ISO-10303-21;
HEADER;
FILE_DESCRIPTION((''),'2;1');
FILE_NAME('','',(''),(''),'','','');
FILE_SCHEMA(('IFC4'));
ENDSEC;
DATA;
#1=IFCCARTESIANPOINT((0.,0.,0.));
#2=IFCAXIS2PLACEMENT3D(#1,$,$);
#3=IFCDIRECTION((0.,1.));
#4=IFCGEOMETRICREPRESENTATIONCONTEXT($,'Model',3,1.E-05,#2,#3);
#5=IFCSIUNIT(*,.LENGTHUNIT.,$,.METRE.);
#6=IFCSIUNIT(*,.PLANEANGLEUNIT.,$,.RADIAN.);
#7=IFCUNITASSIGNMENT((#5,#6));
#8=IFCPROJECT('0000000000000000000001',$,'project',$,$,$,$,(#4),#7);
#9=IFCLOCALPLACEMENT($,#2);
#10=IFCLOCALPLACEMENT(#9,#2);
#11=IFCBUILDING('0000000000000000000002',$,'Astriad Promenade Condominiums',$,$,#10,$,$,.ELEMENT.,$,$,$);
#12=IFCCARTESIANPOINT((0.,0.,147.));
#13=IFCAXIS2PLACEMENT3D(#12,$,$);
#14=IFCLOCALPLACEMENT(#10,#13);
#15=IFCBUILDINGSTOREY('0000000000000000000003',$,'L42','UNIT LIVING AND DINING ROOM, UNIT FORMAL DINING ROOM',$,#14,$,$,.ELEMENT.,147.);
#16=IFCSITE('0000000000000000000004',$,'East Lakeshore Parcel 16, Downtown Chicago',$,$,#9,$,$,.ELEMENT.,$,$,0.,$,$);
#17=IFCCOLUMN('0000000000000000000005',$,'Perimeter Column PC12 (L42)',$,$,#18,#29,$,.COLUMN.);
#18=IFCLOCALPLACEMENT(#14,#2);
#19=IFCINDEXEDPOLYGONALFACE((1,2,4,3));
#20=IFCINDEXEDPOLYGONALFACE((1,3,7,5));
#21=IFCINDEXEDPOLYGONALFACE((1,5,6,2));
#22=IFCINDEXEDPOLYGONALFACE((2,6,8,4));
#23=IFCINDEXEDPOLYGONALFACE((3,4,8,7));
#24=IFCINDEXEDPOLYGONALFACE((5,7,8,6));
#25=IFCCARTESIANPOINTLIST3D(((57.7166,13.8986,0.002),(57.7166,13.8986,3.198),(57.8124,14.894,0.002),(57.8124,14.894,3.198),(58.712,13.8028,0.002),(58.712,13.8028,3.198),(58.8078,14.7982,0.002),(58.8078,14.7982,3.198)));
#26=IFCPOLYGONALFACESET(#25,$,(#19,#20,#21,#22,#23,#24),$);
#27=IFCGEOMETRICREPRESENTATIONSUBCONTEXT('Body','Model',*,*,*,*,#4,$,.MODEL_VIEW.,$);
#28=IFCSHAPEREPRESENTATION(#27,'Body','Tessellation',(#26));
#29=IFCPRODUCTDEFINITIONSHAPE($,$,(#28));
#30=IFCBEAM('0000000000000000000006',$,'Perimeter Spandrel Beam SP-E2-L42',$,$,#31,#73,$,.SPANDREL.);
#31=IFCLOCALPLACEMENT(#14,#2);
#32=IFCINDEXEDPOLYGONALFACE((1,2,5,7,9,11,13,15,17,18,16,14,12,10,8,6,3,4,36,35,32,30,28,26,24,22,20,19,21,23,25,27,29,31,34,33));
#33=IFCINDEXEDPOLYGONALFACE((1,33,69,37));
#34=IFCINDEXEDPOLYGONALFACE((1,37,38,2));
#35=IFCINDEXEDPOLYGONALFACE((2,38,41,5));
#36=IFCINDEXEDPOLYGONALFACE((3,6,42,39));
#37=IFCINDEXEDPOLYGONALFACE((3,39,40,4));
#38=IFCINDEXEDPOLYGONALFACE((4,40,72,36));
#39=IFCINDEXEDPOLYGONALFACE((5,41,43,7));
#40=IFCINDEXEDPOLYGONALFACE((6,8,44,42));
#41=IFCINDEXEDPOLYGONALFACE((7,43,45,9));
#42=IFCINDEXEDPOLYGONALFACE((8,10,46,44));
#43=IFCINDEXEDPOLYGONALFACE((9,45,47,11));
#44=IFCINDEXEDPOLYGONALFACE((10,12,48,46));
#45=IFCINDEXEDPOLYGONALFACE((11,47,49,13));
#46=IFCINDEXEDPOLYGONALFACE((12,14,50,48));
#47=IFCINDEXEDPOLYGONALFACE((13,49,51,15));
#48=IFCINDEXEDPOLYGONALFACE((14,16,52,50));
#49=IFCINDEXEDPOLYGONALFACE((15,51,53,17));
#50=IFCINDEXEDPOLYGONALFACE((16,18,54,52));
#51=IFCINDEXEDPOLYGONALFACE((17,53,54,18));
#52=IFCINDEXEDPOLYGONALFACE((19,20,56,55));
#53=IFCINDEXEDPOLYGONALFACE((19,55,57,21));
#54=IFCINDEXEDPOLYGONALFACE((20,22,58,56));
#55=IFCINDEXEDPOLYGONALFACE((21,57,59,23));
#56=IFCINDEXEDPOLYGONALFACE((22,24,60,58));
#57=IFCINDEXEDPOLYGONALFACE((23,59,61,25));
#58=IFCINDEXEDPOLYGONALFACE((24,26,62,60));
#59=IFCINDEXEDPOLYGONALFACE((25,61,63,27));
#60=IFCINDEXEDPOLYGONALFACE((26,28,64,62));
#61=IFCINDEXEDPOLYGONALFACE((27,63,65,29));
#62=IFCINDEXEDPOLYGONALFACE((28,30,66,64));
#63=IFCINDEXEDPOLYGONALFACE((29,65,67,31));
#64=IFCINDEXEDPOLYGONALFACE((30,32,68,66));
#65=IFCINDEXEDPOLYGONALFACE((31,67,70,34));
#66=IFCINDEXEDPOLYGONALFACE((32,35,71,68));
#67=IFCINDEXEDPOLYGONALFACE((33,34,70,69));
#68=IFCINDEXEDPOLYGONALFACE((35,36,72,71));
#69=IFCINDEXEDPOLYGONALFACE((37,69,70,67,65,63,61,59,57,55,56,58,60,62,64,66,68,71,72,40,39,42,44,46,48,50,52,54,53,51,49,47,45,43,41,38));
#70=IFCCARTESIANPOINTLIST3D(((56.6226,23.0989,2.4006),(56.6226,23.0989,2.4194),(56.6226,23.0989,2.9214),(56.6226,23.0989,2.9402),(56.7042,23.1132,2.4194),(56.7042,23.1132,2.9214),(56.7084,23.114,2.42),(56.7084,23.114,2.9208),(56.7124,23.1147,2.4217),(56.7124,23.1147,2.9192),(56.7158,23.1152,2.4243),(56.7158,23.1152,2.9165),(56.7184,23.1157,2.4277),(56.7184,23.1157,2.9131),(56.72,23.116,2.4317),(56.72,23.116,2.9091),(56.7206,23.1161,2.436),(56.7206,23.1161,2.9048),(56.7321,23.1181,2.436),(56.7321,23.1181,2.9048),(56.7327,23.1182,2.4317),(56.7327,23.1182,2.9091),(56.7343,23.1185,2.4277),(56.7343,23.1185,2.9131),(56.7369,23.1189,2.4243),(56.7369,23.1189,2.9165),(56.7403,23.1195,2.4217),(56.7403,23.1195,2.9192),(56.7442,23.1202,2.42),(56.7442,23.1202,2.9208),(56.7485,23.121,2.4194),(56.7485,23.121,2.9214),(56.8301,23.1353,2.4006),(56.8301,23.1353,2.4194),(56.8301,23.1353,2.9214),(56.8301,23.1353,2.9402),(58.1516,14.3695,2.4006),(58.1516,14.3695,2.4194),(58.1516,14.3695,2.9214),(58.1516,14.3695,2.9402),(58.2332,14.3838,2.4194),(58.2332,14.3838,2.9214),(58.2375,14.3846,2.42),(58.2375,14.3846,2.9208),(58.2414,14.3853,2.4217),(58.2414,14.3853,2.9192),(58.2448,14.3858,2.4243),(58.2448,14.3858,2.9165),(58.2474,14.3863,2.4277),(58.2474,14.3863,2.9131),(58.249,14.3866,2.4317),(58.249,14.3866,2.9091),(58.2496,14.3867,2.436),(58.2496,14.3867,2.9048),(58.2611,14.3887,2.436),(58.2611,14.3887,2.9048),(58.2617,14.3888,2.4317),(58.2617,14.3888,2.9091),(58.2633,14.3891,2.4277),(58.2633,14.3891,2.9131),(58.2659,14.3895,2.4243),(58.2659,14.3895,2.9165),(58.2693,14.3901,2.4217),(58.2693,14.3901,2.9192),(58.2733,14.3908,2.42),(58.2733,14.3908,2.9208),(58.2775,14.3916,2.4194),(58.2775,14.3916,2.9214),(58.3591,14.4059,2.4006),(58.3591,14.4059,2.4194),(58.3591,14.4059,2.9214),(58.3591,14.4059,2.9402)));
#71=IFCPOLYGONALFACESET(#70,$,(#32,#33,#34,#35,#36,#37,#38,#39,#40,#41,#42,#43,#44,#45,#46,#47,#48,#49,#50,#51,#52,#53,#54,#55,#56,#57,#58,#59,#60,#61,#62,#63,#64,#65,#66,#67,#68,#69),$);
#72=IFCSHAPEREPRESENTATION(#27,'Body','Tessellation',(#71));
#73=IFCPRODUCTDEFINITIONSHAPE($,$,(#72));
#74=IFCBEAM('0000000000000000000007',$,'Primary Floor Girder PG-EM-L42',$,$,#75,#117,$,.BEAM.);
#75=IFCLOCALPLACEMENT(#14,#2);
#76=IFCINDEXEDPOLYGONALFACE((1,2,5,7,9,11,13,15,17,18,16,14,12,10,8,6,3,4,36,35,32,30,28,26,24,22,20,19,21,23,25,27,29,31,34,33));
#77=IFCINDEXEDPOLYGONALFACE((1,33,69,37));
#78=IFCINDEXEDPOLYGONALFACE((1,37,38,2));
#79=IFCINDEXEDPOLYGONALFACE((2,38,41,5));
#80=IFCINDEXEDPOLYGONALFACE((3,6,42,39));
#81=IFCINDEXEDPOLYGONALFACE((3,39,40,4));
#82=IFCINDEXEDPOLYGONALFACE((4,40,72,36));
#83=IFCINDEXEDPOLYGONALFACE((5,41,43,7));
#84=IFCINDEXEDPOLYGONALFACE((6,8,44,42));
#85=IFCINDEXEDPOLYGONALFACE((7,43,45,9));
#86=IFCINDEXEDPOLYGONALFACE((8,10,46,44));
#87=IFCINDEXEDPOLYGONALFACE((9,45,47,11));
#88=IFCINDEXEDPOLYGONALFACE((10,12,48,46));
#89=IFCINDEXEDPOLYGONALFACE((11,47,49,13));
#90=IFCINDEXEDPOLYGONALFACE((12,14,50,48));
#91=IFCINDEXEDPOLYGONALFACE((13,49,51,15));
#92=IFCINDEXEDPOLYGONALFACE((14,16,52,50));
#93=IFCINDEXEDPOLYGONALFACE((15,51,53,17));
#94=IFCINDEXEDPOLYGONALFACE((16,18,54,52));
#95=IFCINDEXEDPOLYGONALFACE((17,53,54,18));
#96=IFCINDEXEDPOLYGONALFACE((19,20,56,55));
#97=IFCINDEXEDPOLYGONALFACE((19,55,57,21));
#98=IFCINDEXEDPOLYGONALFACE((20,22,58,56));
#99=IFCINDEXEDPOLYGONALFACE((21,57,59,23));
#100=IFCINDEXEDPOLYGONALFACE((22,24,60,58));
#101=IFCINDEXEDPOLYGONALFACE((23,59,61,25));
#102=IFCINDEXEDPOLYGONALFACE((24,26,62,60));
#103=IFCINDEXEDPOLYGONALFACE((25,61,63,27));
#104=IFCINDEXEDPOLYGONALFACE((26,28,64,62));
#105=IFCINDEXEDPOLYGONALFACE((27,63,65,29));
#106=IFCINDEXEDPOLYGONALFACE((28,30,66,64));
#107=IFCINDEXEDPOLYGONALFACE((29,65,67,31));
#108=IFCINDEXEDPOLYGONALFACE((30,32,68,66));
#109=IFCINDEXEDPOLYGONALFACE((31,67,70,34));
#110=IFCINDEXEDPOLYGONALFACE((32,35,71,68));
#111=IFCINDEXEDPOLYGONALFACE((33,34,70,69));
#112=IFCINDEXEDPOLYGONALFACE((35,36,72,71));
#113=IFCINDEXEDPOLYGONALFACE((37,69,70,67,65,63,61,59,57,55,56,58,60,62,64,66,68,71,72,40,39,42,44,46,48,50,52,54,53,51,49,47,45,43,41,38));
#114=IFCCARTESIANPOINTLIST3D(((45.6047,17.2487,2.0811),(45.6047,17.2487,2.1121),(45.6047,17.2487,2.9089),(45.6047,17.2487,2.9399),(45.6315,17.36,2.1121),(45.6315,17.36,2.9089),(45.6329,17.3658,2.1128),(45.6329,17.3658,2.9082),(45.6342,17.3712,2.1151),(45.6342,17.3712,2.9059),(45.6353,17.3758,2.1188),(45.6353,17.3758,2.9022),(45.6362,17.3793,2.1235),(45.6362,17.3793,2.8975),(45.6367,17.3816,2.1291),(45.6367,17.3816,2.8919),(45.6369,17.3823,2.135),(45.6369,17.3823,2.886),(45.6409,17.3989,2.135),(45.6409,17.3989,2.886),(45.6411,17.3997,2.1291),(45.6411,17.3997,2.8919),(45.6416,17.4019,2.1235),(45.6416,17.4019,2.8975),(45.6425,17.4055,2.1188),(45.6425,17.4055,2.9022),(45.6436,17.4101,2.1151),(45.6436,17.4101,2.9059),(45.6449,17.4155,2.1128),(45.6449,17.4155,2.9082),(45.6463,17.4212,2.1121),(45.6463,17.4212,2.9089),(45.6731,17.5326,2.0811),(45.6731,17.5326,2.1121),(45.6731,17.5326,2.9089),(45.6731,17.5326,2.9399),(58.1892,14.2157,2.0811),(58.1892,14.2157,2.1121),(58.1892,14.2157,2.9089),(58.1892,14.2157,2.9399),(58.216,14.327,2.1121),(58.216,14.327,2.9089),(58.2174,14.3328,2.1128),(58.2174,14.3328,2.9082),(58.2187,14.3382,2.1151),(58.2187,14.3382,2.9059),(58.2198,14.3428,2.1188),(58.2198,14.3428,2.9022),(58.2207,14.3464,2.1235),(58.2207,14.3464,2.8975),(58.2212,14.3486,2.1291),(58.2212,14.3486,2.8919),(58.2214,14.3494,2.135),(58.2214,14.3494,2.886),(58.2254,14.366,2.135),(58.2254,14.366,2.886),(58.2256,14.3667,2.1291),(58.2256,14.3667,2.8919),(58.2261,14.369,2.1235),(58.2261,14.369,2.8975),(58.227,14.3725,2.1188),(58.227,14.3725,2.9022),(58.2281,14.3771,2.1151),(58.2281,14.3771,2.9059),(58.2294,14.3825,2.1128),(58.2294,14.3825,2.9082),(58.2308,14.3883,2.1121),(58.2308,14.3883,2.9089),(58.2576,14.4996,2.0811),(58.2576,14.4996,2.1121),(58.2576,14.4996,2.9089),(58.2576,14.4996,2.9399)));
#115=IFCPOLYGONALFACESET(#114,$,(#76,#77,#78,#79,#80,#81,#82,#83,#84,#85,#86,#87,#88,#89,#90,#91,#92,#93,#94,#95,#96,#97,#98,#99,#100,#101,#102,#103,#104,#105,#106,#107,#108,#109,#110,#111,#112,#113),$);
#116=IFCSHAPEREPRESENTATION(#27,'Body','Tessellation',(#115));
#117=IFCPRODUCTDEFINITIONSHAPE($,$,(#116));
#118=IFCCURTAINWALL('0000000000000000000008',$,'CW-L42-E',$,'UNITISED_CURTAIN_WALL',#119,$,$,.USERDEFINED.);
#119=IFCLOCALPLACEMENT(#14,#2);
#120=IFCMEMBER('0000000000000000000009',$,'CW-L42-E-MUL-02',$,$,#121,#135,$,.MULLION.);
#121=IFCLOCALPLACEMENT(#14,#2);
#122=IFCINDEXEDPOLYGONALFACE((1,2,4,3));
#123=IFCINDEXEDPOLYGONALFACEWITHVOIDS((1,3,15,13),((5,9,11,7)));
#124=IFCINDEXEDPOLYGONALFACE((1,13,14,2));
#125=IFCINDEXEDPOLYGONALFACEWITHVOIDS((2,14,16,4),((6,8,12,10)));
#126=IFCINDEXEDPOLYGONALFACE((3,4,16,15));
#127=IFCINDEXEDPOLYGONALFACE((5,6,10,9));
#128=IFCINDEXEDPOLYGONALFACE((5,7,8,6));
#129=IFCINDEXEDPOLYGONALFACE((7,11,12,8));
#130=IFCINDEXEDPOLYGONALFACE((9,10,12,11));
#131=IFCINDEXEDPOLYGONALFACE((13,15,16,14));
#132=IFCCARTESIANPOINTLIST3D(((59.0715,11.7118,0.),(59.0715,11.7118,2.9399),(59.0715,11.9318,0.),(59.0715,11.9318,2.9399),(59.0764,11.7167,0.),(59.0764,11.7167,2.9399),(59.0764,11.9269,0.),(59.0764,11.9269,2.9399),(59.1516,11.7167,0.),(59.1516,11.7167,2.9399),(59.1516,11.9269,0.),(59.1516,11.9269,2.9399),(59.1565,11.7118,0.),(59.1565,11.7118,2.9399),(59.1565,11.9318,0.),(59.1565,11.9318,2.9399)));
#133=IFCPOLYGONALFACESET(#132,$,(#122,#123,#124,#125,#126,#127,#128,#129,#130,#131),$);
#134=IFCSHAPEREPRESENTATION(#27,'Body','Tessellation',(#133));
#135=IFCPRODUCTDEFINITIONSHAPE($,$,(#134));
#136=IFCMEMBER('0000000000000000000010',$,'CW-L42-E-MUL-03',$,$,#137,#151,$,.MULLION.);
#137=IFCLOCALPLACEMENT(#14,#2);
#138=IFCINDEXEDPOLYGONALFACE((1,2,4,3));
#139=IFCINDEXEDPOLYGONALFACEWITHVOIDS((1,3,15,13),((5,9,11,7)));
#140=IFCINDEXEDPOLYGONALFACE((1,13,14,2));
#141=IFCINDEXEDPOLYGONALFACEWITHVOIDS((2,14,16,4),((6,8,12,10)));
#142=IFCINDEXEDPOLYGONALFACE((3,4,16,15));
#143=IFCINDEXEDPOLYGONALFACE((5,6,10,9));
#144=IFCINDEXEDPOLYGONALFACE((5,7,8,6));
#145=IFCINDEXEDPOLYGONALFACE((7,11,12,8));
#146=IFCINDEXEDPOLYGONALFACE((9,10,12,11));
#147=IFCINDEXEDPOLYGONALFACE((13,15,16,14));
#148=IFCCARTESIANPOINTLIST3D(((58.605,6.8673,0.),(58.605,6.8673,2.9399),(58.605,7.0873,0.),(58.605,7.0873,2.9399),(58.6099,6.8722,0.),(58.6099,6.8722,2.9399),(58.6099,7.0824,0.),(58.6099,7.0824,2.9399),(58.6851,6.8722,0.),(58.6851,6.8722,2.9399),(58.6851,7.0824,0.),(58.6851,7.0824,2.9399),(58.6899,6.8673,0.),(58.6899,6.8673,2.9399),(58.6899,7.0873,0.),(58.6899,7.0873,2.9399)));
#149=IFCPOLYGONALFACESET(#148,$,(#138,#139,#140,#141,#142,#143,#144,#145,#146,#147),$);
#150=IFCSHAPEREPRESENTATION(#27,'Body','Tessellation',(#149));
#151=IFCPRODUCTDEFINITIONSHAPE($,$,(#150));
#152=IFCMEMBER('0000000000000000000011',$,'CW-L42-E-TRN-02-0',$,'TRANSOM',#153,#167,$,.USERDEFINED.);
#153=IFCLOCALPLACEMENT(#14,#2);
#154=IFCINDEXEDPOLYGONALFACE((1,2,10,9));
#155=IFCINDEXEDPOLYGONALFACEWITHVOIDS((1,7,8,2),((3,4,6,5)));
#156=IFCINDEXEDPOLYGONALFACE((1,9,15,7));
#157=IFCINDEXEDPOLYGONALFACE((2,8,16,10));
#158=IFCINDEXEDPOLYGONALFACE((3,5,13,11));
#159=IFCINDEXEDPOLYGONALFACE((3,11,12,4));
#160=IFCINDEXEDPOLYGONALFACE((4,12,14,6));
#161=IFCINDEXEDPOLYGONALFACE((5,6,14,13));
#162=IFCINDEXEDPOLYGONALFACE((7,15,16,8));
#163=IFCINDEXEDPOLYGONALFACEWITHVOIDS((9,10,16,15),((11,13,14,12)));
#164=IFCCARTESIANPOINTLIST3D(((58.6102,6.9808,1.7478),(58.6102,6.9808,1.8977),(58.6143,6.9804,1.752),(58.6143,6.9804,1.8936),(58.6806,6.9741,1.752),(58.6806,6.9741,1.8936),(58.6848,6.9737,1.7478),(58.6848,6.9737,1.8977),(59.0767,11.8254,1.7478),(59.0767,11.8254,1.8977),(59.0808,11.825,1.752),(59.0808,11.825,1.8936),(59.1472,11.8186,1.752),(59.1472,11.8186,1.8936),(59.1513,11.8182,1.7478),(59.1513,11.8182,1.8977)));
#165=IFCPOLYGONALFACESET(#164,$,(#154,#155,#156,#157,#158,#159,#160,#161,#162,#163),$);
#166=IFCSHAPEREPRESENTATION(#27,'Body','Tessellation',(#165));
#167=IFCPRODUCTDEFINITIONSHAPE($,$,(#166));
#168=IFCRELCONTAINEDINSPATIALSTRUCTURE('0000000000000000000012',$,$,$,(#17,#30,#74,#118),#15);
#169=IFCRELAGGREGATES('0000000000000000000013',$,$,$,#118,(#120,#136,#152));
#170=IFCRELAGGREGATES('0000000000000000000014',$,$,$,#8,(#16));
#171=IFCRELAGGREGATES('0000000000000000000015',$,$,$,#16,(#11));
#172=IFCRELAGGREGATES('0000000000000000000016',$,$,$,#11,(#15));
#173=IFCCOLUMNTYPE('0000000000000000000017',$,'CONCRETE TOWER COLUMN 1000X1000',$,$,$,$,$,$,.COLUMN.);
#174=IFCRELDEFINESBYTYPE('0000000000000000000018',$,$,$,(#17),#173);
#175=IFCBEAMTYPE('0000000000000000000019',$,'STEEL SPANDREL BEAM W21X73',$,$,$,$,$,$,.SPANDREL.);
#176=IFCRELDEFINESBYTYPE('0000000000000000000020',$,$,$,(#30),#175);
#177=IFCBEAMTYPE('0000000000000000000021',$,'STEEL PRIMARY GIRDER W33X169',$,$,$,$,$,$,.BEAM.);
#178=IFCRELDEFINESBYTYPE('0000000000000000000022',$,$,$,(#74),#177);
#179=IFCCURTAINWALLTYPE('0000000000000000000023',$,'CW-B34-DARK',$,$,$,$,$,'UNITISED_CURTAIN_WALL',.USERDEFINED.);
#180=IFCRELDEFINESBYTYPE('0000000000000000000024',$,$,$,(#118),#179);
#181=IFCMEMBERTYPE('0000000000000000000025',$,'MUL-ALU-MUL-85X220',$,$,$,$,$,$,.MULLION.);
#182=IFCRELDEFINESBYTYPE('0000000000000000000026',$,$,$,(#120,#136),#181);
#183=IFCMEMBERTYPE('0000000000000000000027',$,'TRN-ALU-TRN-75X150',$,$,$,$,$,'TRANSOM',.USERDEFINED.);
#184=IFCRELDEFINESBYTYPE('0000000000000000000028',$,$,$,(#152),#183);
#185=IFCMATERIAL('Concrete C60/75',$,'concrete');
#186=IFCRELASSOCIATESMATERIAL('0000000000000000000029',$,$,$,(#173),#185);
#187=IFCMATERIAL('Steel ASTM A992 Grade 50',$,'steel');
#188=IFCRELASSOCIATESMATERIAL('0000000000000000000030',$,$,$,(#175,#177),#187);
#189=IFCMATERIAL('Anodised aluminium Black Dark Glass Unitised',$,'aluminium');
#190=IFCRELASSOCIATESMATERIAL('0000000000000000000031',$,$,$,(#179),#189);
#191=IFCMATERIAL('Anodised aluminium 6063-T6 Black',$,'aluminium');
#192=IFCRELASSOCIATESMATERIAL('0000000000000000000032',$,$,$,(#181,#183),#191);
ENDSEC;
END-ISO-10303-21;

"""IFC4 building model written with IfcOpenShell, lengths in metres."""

from ifc_helpers import new_model, si_unit, direction, frame, origin, origin_2d, place, context, subcontext, project, spatial, rectangle, hollow_rectangle, i_section, extrude, source, transform, mapped, material, material_profile, profile_set, type_object, type_shapes, element, aggregate, save


model = new_model("IFC4")

# Units and contexts
model_context = context("Model", 3, precision=1e-05, world=origin(), true_north=direction((0.0, 1.0)))
body_context = subcontext(model_context, "Body", "Model", "MODEL_VIEW")
ifc_project = project(units=[si_unit("LENGTHUNIT", "METRE"), si_unit("PLANEANGLEUNIT", "RADIAN")], contexts=[model_context])

# Site, building, storey
site_placement = place(None, origin())
site = spatial("IfcSite", under=ifc_project, at=site_placement, Name="East Lakeshore Parcel 16, Downtown Chicago", CompositionType="ELEMENT", RefElevation=0.0)
building_placement = place(site_placement, origin())
building = spatial("IfcBuilding", under=site, at=building_placement, Name="Astriad Promenade Condominiums", CompositionType="ELEMENT")
storey_placement = place(building_placement, frame((0.0, 0.0, 147.0)))
storey = spatial("IfcBuildingStorey", under=building, at=storey_placement, Name="L42", Description="UNIT LIVING AND DINING ROOM, UNIT FORMAL DINING ROOM", CompositionType="ELEMENT", Elevation=147.0)

# Column
ifc_material_1 = material(Name="Concrete C60/75", Category="concrete")
ifc_material_profile_1 = material_profile(ifc_material_1, rectangle(XDim=1.0, YDim=1.0, at=origin_2d()), Name="RC-COL-1000X1000")
ifc_profile_set_1 = profile_set([ifc_material_profile_1], Name="Concrete C60/75")
column_type = type_object("IfcColumnType", Name="CONCRETE TOWER COLUMN 1000X1000", PredefinedType="COLUMN", material=ifc_profile_set_1)
shared_shape_1 = source(origin(), body_context, "Body", "SweptSolid", [
    extrude(rectangle(XDim=1.0, YDim=1.0, at=origin_2d()), origin(), (0.0, 0.0, 1.0), 3.196),
])
type_shapes(column_type, [shared_shape_1])
column_placement = place(storey_placement, frame((58.2622, 14.3484, 0.002), z_axis=(0.0, 0.0, 1.0), x_axis=(0.995396, -0.095846, 0.0)))
element("IfcColumn", 1, at=column_placement, inside=storey, type_object=column_type, Name="Perimeter Column PC12 (L42)", PredefinedType="COLUMN", context=body_context, shape_type="MappedRepresentation", body=[
    mapped(shared_shape_1, transform((0.0, 0.0, 0.0), scale=1.0)),
])

# Beams
ifc_material_2 = material(Name="Steel ASTM A992 Grade 50", Category="steel")
ifc_material_profile_2 = material_profile(ifc_material_2, i_section(OverallWidth=0.2107, OverallDepth=0.5396, WebThickness=0.0117, FlangeThickness=0.0188, FilletRadius=0.0166, at=origin_2d()), Name="W21X73")
ifc_profile_set_2 = profile_set([ifc_material_profile_2], Name="Steel ASTM A992 Grade 50")
beam_type_1 = type_object("IfcBeamType", Name="STEEL SPANDREL BEAM W21X73", PredefinedType="SPANDREL", material=ifc_profile_set_2)
shared_shape_2 = source(origin(), body_context, "Body", "SweptSolid", [
    extrude(i_section(OverallWidth=0.2107, OverallDepth=0.5396, WebThickness=0.0117, FlangeThickness=0.0188, FilletRadius=0.0166, at=origin_2d()), origin(), (0.0, 0.0, 1.0), 8.8623),
])
type_shapes(beam_type_1, [shared_shape_2])
beam_1_placement = place(storey_placement, frame((58.2554, 14.3877, 2.6704), z_axis=(-0.172533, 0.985004, 0.0), x_axis=(-0.985004, -0.172533, 0.0)))
element("IfcBeam", 2, at=beam_1_placement, inside=storey, type_object=beam_type_1, Name="Perimeter Spandrel Beam SP-E2-L42", PredefinedType="SPANDREL", context=body_context, shape_type="MappedRepresentation", body=[
    mapped(shared_shape_2, transform((0.0, 0.0, 0.0), scale=1.0)),
])
ifc_material_profile_3 = material_profile(ifc_material_2, i_section(OverallWidth=0.292, OverallDepth=0.8589, WebThickness=0.0171, FlangeThickness=0.031, FilletRadius=0.0229, at=origin_2d()), Name="W33X169")
ifc_profile_set_3 = profile_set([ifc_material_profile_3], Name="Steel ASTM A992 Grade 50")
beam_type_2 = type_object("IfcBeamType", Name="STEEL PRIMARY GIRDER W33X169", PredefinedType="BEAM", material=ifc_profile_set_3)
shared_shape_3 = source(origin(), body_context, "Body", "SweptSolid", [
    extrude(i_section(OverallWidth=0.292, OverallDepth=0.8589, WebThickness=0.0171, FlangeThickness=0.031, FilletRadius=0.0229, at=origin_2d()), origin(), (0.0, 0.0, 1.0), 12.9448),
])
type_shapes(beam_type_2, [shared_shape_3])
beam_2_placement = place(storey_placement, frame((58.2234, 14.3577, 2.5105), z_axis=(-0.972164, 0.234299, 0.0), x_axis=(-0.234299, -0.972164, 0.0)))
element("IfcBeam", 3, at=beam_2_placement, inside=storey, type_object=beam_type_2, Name="Primary Floor Girder PG-EM-L42", PredefinedType="BEAM", context=body_context, shape_type="MappedRepresentation", body=[
    mapped(shared_shape_3, transform((0.0, 0.0, 0.0), scale=1.0)),
])

# Curtain wall, members
ifc_material_3 = material(Name="Anodised aluminium Black Dark Glass Unitised", Category="aluminium")
curtain_wall_type = type_object("IfcCurtainWallType", Name="CW-B34-DARK", ElementType="UNITISED_CURTAIN_WALL", PredefinedType="USERDEFINED", material=ifc_material_3)
curtain_wall_placement = place(storey_placement, origin())
curtain_wall = element("IfcCurtainWall", 4, at=curtain_wall_placement, inside=storey, type_object=curtain_wall_type, Name="CW-L42-E", ObjectType="UNITISED_CURTAIN_WALL", PredefinedType="USERDEFINED")
ifc_material_4 = material(Name="Anodised aluminium 6063-T6 Black", Category="aluminium")
ifc_material_profile_4 = material_profile(ifc_material_4, hollow_rectangle(XDim=0.085, YDim=0.22, WallThickness=0.0049, at=origin_2d()), Name="ALU-MUL-85X220")
ifc_profile_set_4 = profile_set([ifc_material_profile_4], Name="Anodised aluminium 6063-T6 Black")
member_type_1 = type_object("IfcMemberType", Name="MUL-ALU-MUL-85X220", PredefinedType="MULLION", material=ifc_profile_set_4)
shared_shape_4 = source(origin(), body_context, "Body", "SweptSolid", [
    extrude(hollow_rectangle(XDim=0.085, YDim=0.22, WallThickness=0.0049, at=origin_2d()), origin(), (0.0, 0.0, 1.0), 2.9399),
])
type_shapes(member_type_1, [shared_shape_4])
member_1_placement = place(storey_placement, frame((59.114, 11.8218, 0.0), z_axis=(0.0, 0.0, 1.0), x_axis=(1.0, 0.0, 0.0)))
member_1 = element("IfcMember", 5, at=member_1_placement, type_object=member_type_1, Name="CW-L42-E-MUL-02", PredefinedType="MULLION", context=body_context, shape_type="MappedRepresentation", body=[
    mapped(shared_shape_4, transform((0.0, 0.0, 0.0), scale=1.0)),
])
member_2_placement = place(storey_placement, frame((58.6475, 6.9773, 0.0), z_axis=(0.0, 0.0, 1.0), x_axis=(1.0, 0.0, 0.0)))
member_2 = element("IfcMember", 6, at=member_2_placement, type_object=member_type_1, Name="CW-L42-E-MUL-03", PredefinedType="MULLION", context=body_context, shape_type="MappedRepresentation", body=[
    mapped(shared_shape_4, transform((0.0, 0.0, 0.0), scale=1.0)),
])
ifc_material_profile_5 = material_profile(ifc_material_4, hollow_rectangle(XDim=0.075, YDim=0.1499, WallThickness=0.0042, at=origin_2d()), Name="ALU-TRN-75X150")
ifc_profile_set_5 = profile_set([ifc_material_profile_5], Name="Anodised aluminium 6063-T6 Black")
member_type_2 = type_object("IfcMemberType", Name="TRN-ALU-TRN-75X150", ElementType="TRANSOM", PredefinedType="USERDEFINED", material=ifc_profile_set_5)
shared_shape_5 = source(origin(), body_context, "Body", "SweptSolid", [
    extrude(hollow_rectangle(XDim=0.075, YDim=0.1499, WallThickness=0.0042, at=origin_2d()), origin(), (0.0, 0.0, 1.0), 4.8669),
])
type_shapes(member_type_2, [shared_shape_5])
member_3_placement = place(storey_placement, frame((59.114, 11.8218, 1.8228), z_axis=(-0.095862, -0.995395, 0.0), x_axis=(0.995395, -0.095862, 0.0)))
member_3 = element("IfcMember", 7, at=member_3_placement, type_object=member_type_2, Name="CW-L42-E-TRN-02-0", ObjectType="TRANSOM", PredefinedType="USERDEFINED", context=body_context, shape_type="MappedRepresentation", body=[
    mapped(shared_shape_5, transform((0.0, 0.0, 0.0), scale=1.0)),
])
aggregate(curtain_wall, [member_1, member_2, member_3])

save(model, "model.ifc")
